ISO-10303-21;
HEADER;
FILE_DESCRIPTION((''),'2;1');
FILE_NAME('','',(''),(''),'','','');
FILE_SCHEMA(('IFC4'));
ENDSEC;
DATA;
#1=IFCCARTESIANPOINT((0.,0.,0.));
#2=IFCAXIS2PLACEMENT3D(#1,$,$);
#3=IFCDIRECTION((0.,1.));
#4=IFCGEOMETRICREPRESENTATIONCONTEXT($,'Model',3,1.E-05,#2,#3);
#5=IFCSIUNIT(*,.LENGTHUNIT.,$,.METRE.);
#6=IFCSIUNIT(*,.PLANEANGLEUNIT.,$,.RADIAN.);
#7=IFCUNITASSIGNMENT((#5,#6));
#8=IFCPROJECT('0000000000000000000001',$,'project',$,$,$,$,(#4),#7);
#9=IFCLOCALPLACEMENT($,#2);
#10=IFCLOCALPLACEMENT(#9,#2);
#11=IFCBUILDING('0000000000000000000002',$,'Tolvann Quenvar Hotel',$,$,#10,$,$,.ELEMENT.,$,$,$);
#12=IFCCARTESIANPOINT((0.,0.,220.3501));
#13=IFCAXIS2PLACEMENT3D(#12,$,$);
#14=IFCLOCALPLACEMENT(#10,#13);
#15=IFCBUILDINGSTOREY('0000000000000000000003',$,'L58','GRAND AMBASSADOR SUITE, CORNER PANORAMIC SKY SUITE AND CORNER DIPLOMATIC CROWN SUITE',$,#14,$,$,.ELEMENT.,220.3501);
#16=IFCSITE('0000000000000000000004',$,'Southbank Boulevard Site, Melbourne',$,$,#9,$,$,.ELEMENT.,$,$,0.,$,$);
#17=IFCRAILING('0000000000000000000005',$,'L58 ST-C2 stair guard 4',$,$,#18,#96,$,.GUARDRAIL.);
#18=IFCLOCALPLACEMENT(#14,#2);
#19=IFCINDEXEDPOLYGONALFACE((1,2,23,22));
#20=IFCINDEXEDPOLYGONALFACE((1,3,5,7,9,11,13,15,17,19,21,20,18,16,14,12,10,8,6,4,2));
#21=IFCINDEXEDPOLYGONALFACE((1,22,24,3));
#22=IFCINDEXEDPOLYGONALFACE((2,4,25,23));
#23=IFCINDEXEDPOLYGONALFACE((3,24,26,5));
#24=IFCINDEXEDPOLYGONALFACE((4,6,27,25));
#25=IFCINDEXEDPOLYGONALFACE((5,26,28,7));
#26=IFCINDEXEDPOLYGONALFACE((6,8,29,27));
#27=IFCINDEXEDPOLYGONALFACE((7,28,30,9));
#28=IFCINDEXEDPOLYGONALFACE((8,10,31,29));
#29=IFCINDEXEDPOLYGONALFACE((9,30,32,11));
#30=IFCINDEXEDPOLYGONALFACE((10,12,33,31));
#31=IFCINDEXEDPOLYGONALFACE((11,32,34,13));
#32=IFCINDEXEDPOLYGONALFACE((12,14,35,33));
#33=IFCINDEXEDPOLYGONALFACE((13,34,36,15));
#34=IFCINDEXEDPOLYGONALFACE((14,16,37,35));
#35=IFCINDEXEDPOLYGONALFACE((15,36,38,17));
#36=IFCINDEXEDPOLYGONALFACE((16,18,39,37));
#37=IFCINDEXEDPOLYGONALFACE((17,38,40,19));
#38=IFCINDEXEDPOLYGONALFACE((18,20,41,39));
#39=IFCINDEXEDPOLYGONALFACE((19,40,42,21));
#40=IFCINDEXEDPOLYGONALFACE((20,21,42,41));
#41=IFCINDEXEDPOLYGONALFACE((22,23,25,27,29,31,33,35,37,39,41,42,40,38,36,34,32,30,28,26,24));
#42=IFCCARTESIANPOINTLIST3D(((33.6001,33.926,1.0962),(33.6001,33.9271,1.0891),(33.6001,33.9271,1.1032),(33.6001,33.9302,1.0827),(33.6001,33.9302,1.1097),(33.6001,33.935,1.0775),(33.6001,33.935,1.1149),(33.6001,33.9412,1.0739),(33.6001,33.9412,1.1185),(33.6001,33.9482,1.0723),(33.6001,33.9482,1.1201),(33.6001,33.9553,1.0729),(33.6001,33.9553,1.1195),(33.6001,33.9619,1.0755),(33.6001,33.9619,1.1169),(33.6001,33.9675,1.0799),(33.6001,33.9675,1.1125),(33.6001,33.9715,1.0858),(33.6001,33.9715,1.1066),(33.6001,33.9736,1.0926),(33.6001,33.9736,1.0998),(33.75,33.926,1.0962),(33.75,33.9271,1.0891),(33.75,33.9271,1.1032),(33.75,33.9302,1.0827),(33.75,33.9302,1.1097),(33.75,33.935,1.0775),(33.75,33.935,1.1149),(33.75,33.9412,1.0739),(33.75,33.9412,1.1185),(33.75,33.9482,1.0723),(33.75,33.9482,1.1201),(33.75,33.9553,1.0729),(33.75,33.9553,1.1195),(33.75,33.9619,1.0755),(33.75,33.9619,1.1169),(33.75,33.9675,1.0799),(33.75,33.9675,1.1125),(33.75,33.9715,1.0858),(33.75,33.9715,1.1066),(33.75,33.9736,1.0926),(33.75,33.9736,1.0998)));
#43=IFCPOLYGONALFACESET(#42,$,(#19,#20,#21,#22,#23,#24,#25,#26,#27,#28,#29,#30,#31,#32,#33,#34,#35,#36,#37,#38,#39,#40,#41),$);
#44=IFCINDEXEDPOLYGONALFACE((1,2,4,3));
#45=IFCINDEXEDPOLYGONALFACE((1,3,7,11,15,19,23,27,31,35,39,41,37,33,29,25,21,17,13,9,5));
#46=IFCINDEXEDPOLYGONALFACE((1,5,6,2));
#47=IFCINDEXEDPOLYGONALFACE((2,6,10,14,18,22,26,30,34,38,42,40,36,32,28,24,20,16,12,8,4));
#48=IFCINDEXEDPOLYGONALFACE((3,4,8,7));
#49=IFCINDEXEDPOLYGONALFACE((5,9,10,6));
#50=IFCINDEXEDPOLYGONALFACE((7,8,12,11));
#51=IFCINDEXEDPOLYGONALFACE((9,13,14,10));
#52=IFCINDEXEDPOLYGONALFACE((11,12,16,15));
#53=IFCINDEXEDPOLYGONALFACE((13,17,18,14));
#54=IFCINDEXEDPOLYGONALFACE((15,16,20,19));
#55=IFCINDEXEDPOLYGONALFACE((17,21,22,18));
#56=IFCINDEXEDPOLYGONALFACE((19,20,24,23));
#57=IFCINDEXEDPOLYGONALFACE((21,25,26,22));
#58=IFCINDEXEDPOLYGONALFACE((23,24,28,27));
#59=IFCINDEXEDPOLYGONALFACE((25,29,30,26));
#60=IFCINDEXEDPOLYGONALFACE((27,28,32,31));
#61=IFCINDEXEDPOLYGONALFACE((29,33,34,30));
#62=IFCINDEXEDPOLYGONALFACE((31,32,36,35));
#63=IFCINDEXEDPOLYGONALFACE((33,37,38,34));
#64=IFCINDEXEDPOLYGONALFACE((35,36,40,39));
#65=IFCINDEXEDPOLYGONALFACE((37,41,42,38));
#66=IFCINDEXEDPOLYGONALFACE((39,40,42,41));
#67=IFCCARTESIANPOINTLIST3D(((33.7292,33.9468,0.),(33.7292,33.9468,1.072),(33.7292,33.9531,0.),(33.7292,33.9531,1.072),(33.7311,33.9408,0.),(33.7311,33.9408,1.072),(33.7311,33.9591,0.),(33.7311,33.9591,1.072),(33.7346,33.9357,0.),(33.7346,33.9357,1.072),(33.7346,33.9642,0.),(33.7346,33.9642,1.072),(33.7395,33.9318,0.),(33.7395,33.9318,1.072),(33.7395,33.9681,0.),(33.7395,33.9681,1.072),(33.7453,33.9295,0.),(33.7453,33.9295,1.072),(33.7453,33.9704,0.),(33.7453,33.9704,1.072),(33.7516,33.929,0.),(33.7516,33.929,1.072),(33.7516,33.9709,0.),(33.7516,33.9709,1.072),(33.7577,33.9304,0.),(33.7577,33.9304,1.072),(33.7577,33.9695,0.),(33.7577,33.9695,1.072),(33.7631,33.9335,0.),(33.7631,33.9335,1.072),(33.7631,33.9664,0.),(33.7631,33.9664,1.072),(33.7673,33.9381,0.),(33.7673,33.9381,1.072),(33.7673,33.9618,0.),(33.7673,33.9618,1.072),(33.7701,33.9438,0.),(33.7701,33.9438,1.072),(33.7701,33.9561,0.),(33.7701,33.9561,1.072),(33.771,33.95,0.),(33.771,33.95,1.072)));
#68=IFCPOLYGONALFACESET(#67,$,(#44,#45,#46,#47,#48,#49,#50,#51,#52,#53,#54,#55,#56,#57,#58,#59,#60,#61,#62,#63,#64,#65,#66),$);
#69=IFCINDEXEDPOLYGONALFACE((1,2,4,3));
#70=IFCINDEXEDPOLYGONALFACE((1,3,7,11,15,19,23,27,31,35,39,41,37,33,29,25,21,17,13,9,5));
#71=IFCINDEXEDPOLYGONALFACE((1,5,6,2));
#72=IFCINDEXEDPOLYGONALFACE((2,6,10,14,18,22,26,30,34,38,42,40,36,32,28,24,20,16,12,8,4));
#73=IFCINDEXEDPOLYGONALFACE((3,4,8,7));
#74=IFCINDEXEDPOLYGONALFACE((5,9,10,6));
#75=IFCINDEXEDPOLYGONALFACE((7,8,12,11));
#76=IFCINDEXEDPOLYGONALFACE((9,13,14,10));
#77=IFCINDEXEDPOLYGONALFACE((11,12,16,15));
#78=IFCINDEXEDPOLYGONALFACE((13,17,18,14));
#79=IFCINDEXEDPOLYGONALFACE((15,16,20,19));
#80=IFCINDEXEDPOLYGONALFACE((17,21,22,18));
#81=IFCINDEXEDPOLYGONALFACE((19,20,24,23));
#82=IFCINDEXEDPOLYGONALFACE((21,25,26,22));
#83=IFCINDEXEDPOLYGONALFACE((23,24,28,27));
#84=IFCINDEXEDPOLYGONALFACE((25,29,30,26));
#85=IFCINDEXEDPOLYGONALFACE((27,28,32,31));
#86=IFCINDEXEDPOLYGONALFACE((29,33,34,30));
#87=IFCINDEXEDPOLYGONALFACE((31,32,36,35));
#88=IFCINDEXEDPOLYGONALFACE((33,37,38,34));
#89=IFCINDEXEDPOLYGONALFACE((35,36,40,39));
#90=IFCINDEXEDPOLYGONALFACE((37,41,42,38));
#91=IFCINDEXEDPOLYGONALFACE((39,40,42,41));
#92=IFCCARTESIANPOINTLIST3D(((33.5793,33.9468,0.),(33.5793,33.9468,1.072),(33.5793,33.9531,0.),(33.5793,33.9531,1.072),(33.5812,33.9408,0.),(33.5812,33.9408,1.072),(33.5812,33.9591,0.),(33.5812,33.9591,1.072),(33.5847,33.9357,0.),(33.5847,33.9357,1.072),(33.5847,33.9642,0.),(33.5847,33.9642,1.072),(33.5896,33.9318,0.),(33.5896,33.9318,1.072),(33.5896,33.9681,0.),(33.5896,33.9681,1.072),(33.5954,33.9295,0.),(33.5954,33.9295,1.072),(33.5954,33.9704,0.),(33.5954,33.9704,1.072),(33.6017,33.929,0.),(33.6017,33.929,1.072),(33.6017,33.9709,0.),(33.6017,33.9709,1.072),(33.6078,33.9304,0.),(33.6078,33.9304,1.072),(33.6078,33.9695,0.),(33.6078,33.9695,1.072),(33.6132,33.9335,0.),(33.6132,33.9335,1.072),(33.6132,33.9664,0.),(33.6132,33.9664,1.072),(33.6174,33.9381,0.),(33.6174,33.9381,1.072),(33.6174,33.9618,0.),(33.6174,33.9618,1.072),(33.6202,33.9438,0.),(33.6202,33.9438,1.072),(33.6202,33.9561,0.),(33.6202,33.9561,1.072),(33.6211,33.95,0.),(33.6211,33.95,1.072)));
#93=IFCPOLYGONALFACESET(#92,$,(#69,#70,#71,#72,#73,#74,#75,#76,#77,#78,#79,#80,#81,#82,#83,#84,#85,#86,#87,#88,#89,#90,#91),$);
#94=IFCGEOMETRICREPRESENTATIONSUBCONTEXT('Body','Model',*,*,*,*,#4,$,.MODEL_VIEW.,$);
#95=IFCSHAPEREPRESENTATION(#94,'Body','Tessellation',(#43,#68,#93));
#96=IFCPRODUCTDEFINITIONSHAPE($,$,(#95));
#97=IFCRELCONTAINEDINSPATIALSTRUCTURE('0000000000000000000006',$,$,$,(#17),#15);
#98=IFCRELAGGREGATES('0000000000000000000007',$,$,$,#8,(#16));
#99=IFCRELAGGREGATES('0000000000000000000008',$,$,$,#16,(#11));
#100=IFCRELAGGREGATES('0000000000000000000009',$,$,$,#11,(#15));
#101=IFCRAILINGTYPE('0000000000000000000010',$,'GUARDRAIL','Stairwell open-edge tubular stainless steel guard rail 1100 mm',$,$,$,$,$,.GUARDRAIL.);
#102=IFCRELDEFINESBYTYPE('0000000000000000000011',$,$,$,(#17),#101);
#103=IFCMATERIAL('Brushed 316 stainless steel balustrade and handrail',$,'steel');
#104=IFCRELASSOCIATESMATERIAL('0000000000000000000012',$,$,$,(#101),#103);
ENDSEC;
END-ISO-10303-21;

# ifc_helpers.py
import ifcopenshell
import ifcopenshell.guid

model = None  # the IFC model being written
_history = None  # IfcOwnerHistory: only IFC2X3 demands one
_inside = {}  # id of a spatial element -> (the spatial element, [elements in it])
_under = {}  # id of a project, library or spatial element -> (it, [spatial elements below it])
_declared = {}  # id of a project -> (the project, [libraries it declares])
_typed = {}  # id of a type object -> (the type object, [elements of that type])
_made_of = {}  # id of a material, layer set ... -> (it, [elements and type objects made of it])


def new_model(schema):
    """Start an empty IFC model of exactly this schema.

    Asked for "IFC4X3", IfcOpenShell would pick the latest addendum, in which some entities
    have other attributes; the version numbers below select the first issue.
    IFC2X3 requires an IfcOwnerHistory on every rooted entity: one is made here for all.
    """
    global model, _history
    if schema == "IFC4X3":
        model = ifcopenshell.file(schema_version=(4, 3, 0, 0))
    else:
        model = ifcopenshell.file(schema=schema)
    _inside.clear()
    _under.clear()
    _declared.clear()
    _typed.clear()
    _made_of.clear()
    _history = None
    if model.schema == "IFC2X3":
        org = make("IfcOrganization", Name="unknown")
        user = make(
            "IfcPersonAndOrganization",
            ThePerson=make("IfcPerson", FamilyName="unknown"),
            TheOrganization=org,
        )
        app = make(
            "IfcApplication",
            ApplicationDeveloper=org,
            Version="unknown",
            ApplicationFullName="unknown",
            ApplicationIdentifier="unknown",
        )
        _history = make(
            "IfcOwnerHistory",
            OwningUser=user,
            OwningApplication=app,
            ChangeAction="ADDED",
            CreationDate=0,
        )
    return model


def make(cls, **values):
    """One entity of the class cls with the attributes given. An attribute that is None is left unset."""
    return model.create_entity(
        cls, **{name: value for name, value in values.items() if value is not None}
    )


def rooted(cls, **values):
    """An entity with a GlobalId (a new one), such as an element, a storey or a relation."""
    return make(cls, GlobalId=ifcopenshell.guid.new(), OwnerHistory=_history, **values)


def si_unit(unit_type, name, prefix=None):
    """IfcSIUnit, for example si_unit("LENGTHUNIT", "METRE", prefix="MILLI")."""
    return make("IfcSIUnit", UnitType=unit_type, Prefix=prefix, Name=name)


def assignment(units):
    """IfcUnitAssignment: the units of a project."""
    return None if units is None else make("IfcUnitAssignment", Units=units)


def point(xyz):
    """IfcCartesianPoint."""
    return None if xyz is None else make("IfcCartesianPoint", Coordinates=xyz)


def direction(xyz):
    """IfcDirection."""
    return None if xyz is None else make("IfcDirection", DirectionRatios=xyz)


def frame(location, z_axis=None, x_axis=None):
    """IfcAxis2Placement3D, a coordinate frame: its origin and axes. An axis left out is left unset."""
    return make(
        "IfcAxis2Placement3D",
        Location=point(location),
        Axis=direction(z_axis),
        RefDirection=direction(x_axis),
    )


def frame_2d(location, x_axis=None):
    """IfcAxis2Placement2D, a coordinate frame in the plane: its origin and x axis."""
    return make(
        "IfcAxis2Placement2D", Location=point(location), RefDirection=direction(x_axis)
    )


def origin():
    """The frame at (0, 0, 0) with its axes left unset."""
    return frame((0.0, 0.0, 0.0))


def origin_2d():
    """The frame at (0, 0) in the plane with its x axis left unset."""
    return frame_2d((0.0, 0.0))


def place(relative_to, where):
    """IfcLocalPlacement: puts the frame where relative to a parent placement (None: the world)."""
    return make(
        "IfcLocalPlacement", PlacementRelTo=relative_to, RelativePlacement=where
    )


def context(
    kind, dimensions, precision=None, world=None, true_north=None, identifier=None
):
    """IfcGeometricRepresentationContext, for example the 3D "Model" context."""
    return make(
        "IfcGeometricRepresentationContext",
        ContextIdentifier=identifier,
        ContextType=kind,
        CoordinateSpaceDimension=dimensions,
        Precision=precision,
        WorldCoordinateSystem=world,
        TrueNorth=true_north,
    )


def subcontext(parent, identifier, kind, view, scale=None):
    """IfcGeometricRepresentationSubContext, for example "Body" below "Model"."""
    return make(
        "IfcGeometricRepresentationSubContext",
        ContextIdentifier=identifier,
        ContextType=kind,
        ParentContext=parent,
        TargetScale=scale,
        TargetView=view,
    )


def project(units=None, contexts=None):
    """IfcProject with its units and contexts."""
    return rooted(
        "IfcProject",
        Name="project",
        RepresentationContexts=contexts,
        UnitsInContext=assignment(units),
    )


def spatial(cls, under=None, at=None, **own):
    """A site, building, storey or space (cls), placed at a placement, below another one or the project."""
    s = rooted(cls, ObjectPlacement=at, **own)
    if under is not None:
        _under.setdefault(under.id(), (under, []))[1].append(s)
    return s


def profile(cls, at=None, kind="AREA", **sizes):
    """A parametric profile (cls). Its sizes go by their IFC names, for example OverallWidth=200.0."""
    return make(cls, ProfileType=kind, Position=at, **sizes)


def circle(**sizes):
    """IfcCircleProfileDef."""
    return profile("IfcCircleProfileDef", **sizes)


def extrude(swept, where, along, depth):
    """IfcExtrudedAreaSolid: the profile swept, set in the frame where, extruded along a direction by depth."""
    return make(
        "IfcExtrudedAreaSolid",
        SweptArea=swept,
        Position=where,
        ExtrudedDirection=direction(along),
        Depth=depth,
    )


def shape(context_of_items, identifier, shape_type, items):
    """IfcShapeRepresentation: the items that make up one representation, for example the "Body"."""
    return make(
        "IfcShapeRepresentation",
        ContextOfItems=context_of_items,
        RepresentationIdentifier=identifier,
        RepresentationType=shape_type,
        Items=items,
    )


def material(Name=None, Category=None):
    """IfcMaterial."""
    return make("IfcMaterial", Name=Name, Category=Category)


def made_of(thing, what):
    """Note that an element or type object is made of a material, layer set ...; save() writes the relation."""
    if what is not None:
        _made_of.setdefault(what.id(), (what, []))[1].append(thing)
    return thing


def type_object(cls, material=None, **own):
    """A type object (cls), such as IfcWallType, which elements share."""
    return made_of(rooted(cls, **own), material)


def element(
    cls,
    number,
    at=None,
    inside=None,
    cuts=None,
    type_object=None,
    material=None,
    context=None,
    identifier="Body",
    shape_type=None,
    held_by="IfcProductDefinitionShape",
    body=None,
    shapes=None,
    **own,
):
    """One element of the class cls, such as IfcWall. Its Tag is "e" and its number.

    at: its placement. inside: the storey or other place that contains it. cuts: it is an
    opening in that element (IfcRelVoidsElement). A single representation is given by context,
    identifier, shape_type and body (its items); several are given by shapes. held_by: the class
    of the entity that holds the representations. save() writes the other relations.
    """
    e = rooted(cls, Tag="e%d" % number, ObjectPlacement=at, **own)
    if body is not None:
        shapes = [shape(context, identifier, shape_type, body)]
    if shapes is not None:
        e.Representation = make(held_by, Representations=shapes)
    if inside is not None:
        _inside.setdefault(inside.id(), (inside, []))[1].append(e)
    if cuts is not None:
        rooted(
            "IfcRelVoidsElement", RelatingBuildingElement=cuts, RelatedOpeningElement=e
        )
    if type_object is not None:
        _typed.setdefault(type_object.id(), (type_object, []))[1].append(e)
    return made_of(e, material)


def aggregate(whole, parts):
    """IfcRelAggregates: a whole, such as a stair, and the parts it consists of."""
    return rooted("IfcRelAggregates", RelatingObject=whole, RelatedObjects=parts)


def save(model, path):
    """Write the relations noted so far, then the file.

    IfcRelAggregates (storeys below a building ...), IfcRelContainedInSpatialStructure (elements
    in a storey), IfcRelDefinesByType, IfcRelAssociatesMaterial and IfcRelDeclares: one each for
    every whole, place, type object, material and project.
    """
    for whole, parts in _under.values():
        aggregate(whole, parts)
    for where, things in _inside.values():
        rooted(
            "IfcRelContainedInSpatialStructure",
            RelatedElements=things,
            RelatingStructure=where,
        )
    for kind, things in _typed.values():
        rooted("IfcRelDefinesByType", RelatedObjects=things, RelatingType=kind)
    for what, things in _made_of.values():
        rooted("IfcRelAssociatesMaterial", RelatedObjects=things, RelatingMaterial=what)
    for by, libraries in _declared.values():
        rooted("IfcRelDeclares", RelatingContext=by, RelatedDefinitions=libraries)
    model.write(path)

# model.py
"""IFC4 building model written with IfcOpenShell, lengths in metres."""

from ifc_helpers import new_model, si_unit, direction, frame, origin, origin_2d, place, context, subcontext, project, spatial, circle, extrude, material, type_object, element, save


model = new_model("IFC4")

# Units and contexts
model_context = context("Model", 3, precision=1e-05, world=origin(), true_north=direction((0.0, 1.0)))
body_context = subcontext(model_context, "Body", "Model", "MODEL_VIEW")
ifc_project = project(units=[si_unit("LENGTHUNIT", "METRE"), si_unit("PLANEANGLEUNIT", "RADIAN")], contexts=[model_context])

# Site, building, storey
site_placement = place(None, origin())
site = spatial("IfcSite", under=ifc_project, at=site_placement, Name="Southbank Boulevard Site, Melbourne", CompositionType="ELEMENT", RefElevation=0.0)
building_placement = place(site_placement, origin())
building = spatial("IfcBuilding", under=site, at=building_placement, Name="Tolvann Quenvar Hotel", CompositionType="ELEMENT")
storey_placement = place(building_placement, frame((0.0, 0.0, 220.3501)))
storey = spatial("IfcBuildingStorey", under=building, at=storey_placement, Name="L58", Description="GRAND AMBASSADOR SUITE, CORNER PANORAMIC SKY SUITE AND CORNER DIPLOMATIC CROWN SUITE", CompositionType="ELEMENT", Elevation=220.3501)

# Railing
ifc_material_1 = material(Name="Brushed 316 stainless steel balustrade and handrail", Category="steel")
railing_type_1 = type_object("IfcRailingType", Name="GUARDRAIL", Description="Stairwell open-edge tubular stainless steel guard rail 1100 mm", PredefinedType="GUARDRAIL", material=ifc_material_1)
railing_1_placement = place(storey_placement, frame((33.75, 33.95, 0.0)))
element("IfcRailing", 1, at=railing_1_placement, inside=storey, type_object=railing_type_1, Name="L58 ST-C2 stair guard 4", PredefinedType="GUARDRAIL", context=body_context, shape_type="SweptSolid", body=[
    extrude(circle(Radius=0.0239, at=origin_2d()), frame((0.0, 0.0, 1.0962), z_axis=(-1.0, 0.0, 0.0), x_axis=(0.0, -1.0, 0.0)), (0.0, 0.0, 1.0), 0.1499),
    extrude(circle(Radius=0.021, at=origin_2d()), origin(), (0.0, 0.0, 1.0), 1.072),
    extrude(circle(Radius=0.021, at=origin_2d()), frame((-0.1499, 0.0, 0.0)), (0.0, 0.0, 1.0), 1.072),
])

save(model, "model.ifc")
